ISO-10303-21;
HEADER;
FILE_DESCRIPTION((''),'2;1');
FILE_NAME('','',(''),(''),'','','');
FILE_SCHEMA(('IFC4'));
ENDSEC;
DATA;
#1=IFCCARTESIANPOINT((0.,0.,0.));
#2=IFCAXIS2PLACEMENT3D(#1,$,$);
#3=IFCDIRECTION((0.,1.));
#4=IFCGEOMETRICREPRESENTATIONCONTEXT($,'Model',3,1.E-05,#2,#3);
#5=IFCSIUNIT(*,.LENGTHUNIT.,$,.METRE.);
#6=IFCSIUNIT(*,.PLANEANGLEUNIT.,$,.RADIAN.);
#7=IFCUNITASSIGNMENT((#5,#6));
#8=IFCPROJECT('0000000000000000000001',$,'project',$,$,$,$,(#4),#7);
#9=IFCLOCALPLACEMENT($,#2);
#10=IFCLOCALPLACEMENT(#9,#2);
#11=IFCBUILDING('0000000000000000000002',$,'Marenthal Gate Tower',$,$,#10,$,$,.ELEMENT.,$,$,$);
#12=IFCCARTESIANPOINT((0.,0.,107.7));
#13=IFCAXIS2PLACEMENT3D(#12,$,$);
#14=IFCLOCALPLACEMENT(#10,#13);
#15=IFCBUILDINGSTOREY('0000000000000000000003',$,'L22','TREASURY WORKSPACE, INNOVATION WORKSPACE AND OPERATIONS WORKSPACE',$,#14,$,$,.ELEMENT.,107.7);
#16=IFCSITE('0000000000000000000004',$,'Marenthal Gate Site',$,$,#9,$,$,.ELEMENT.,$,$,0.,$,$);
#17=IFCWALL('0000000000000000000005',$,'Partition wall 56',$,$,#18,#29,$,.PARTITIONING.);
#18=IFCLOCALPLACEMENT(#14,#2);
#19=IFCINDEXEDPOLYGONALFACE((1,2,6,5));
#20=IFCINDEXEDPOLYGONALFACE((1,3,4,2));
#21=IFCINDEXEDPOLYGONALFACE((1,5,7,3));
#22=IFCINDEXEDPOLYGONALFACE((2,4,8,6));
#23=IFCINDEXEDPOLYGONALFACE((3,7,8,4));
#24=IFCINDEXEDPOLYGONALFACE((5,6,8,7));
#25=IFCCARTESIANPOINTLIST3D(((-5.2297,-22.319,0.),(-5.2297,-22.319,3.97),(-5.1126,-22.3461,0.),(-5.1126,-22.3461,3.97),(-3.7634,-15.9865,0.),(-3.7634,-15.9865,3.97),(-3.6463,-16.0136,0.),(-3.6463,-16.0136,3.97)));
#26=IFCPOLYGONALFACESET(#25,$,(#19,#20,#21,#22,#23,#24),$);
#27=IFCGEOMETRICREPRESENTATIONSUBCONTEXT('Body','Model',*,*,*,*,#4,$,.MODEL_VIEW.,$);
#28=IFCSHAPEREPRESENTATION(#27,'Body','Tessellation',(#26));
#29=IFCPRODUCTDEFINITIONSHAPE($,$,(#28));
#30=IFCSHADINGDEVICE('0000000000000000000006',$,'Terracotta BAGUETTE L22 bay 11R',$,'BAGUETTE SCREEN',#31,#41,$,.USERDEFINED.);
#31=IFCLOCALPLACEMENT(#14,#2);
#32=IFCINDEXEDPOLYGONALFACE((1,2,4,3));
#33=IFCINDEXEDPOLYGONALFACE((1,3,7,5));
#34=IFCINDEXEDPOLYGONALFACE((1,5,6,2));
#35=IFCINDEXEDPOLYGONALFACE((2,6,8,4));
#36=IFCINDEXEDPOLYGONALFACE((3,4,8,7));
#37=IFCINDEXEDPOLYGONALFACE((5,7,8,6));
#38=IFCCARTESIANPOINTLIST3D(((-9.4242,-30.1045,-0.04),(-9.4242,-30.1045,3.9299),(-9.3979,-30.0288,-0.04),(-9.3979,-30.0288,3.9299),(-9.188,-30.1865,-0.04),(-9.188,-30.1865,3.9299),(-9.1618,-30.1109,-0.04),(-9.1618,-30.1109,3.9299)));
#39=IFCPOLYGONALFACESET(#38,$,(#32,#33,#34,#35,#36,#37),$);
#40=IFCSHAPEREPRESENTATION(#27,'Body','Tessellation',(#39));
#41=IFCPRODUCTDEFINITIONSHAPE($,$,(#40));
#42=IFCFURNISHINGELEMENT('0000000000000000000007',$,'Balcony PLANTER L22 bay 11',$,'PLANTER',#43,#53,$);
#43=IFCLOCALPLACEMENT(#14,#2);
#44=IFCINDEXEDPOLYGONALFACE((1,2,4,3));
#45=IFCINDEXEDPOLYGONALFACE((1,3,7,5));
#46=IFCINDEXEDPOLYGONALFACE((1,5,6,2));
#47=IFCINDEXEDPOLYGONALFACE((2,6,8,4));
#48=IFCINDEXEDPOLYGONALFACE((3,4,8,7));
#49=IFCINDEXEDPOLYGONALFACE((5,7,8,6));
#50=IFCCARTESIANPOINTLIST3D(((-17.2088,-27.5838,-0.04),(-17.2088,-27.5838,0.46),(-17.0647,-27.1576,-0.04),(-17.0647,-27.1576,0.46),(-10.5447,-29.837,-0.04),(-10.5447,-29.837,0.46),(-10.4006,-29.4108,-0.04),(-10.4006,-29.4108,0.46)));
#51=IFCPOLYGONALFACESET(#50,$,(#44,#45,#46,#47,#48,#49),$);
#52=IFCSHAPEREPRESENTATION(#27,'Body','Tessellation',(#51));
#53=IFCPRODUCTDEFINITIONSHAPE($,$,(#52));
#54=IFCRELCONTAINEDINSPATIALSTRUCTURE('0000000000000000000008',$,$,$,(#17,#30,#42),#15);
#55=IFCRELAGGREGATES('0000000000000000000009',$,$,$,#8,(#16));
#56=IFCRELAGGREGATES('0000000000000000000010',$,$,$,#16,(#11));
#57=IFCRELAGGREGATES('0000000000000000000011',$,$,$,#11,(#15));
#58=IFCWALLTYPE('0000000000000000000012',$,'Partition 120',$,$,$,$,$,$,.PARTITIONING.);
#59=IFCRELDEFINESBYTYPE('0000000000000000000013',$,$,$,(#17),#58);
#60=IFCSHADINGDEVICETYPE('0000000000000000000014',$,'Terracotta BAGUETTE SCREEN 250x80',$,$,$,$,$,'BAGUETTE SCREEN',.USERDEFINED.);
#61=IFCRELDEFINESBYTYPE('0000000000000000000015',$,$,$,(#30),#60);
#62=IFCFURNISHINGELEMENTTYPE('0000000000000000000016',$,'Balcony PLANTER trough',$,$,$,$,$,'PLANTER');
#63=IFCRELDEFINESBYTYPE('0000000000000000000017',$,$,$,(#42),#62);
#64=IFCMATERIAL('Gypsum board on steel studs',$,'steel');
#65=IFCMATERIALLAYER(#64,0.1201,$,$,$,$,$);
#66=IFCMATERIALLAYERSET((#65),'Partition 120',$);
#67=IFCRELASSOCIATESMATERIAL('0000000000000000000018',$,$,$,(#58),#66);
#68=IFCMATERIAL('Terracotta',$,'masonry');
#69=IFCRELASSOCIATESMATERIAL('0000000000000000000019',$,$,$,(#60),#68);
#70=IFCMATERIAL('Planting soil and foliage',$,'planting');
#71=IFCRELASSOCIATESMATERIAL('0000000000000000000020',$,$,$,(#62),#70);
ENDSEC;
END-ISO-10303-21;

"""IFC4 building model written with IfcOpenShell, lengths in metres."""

from ifc_helpers import new_model, si_unit, direction, frame, frame_2d, origin, origin_2d, place, context, subcontext, project, spatial, rectangle, extrude, material, layer, layer_set, material_profile, profile_set, type_object, element, save


model = new_model("IFC4")

# Units and contexts
model_context = context("Model", 3, precision=1e-05, world=origin(), true_north=direction((0.0, 1.0)))
body_context = subcontext(model_context, "Body", "Model", "MODEL_VIEW")
ifc_project = project(units=[si_unit("LENGTHUNIT", "METRE"), si_unit("PLANEANGLEUNIT", "RADIAN")], contexts=[model_context])

# Site, building, storey
site_placement = place(None, origin())
site = spatial("IfcSite", under=ifc_project, at=site_placement, Name="Marenthal Gate Site", CompositionType="ELEMENT", RefElevation=0.0)
building_placement = place(site_placement, origin())
building = spatial("IfcBuilding", under=site, at=building_placement, Name="Marenthal Gate Tower", CompositionType="ELEMENT")
storey_placement = place(building_placement, frame((0.0, 0.0, 107.7)))
storey = spatial("IfcBuildingStorey", under=building, at=storey_placement, Name="L22", Description="TREASURY WORKSPACE, INNOVATION WORKSPACE AND OPERATIONS WORKSPACE", CompositionType="ELEMENT", Elevation=107.7)

# Wall
ifc_material_1 = material(Name="Gypsum board on steel studs", Category="steel")
ifc_layer_1 = layer(ifc_material_1, 0.1201)
ifc_layer_set_1 = layer_set([ifc_layer_1], Name="Partition 120")
wall_type = type_object("IfcWallType", Name="Partition 120", PredefinedType="PARTITIONING", material=ifc_layer_set_1)
wall_1_placement = place(storey_placement, frame((-5.1711, -22.3325, 0.0), z_axis=(0.0, 0.0, 1.0), x_axis=(0.225584, 0.974224, 0.0)))
element("IfcWall", 1, at=wall_1_placement, inside=storey, type_object=wall_type, Name="Partition wall 56", PredefinedType="PARTITIONING", context=body_context, shape_type="SweptSolid", body=[
    extrude(rectangle(XDim=6.5, YDim=0.1201, at=frame_2d((3.25, 0.0))), origin(), (0.0, 0.0, 1.0), 3.97),
])

# Shading device
ifc_material_2 = material(Name="Terracotta", Category="masonry")
ifc_material_profile_1 = material_profile(ifc_material_2, rectangle(XDim=0.25, YDim=0.0801, at=origin_2d()), Name="Terracotta baguette 250x80")
ifc_profile_set_1 = profile_set([ifc_material_profile_1], Name="Terracotta")
shading_device_type = type_object("IfcShadingDeviceType", Name="Terracotta BAGUETTE SCREEN 250x80", ElementType="BAGUETTE SCREEN", PredefinedType="USERDEFINED", material=ifc_profile_set_1)
shading_device_placement = place(storey_placement, frame((-9.293, -30.1077, -0.04), z_axis=(0.0, 0.0, 1.0), x_axis=(0.944597, -0.328231, 0.0)))
element("IfcShadingDevice", 2, at=shading_device_placement, inside=storey, type_object=shading_device_type, Name="Terracotta BAGUETTE L22 bay 11R", ObjectType="BAGUETTE SCREEN", PredefinedType="USERDEFINED", context=body_context, shape_type="SweptSolid", body=[
    extrude(rectangle(XDim=0.25, YDim=0.0801, at=origin_2d()), origin(), (0.0, 0.0, 1.0), 3.97),
])

# Furnishing element
ifc_material_3 = material(Name="Planting soil and foliage", Category="planting")
furnishing_element_type = type_object("IfcFurnishingElementType", Name="Balcony PLANTER trough", ElementType="PLANTER", material=ifc_material_3)
furnishing_placement = place(storey_placement, frame((-13.8047, -28.4973, -0.04), z_axis=(0.0, 0.0, 1.0), x_axis=(0.947316, -0.3203, 0.0)))
element("IfcFurnishingElement", 3, at=furnishing_placement, inside=storey, type_object=furnishing_element_type, Name="Balcony PLANTER L22 bay 11", ObjectType="PLANTER", context=body_context, shape_type="SweptSolid", body=[
    extrude(rectangle(XDim=7.0347, YDim=0.45, at=origin_2d()), origin(), (0.0, 0.0, 1.0), 0.5),
])

save(model, "model.ifc")
